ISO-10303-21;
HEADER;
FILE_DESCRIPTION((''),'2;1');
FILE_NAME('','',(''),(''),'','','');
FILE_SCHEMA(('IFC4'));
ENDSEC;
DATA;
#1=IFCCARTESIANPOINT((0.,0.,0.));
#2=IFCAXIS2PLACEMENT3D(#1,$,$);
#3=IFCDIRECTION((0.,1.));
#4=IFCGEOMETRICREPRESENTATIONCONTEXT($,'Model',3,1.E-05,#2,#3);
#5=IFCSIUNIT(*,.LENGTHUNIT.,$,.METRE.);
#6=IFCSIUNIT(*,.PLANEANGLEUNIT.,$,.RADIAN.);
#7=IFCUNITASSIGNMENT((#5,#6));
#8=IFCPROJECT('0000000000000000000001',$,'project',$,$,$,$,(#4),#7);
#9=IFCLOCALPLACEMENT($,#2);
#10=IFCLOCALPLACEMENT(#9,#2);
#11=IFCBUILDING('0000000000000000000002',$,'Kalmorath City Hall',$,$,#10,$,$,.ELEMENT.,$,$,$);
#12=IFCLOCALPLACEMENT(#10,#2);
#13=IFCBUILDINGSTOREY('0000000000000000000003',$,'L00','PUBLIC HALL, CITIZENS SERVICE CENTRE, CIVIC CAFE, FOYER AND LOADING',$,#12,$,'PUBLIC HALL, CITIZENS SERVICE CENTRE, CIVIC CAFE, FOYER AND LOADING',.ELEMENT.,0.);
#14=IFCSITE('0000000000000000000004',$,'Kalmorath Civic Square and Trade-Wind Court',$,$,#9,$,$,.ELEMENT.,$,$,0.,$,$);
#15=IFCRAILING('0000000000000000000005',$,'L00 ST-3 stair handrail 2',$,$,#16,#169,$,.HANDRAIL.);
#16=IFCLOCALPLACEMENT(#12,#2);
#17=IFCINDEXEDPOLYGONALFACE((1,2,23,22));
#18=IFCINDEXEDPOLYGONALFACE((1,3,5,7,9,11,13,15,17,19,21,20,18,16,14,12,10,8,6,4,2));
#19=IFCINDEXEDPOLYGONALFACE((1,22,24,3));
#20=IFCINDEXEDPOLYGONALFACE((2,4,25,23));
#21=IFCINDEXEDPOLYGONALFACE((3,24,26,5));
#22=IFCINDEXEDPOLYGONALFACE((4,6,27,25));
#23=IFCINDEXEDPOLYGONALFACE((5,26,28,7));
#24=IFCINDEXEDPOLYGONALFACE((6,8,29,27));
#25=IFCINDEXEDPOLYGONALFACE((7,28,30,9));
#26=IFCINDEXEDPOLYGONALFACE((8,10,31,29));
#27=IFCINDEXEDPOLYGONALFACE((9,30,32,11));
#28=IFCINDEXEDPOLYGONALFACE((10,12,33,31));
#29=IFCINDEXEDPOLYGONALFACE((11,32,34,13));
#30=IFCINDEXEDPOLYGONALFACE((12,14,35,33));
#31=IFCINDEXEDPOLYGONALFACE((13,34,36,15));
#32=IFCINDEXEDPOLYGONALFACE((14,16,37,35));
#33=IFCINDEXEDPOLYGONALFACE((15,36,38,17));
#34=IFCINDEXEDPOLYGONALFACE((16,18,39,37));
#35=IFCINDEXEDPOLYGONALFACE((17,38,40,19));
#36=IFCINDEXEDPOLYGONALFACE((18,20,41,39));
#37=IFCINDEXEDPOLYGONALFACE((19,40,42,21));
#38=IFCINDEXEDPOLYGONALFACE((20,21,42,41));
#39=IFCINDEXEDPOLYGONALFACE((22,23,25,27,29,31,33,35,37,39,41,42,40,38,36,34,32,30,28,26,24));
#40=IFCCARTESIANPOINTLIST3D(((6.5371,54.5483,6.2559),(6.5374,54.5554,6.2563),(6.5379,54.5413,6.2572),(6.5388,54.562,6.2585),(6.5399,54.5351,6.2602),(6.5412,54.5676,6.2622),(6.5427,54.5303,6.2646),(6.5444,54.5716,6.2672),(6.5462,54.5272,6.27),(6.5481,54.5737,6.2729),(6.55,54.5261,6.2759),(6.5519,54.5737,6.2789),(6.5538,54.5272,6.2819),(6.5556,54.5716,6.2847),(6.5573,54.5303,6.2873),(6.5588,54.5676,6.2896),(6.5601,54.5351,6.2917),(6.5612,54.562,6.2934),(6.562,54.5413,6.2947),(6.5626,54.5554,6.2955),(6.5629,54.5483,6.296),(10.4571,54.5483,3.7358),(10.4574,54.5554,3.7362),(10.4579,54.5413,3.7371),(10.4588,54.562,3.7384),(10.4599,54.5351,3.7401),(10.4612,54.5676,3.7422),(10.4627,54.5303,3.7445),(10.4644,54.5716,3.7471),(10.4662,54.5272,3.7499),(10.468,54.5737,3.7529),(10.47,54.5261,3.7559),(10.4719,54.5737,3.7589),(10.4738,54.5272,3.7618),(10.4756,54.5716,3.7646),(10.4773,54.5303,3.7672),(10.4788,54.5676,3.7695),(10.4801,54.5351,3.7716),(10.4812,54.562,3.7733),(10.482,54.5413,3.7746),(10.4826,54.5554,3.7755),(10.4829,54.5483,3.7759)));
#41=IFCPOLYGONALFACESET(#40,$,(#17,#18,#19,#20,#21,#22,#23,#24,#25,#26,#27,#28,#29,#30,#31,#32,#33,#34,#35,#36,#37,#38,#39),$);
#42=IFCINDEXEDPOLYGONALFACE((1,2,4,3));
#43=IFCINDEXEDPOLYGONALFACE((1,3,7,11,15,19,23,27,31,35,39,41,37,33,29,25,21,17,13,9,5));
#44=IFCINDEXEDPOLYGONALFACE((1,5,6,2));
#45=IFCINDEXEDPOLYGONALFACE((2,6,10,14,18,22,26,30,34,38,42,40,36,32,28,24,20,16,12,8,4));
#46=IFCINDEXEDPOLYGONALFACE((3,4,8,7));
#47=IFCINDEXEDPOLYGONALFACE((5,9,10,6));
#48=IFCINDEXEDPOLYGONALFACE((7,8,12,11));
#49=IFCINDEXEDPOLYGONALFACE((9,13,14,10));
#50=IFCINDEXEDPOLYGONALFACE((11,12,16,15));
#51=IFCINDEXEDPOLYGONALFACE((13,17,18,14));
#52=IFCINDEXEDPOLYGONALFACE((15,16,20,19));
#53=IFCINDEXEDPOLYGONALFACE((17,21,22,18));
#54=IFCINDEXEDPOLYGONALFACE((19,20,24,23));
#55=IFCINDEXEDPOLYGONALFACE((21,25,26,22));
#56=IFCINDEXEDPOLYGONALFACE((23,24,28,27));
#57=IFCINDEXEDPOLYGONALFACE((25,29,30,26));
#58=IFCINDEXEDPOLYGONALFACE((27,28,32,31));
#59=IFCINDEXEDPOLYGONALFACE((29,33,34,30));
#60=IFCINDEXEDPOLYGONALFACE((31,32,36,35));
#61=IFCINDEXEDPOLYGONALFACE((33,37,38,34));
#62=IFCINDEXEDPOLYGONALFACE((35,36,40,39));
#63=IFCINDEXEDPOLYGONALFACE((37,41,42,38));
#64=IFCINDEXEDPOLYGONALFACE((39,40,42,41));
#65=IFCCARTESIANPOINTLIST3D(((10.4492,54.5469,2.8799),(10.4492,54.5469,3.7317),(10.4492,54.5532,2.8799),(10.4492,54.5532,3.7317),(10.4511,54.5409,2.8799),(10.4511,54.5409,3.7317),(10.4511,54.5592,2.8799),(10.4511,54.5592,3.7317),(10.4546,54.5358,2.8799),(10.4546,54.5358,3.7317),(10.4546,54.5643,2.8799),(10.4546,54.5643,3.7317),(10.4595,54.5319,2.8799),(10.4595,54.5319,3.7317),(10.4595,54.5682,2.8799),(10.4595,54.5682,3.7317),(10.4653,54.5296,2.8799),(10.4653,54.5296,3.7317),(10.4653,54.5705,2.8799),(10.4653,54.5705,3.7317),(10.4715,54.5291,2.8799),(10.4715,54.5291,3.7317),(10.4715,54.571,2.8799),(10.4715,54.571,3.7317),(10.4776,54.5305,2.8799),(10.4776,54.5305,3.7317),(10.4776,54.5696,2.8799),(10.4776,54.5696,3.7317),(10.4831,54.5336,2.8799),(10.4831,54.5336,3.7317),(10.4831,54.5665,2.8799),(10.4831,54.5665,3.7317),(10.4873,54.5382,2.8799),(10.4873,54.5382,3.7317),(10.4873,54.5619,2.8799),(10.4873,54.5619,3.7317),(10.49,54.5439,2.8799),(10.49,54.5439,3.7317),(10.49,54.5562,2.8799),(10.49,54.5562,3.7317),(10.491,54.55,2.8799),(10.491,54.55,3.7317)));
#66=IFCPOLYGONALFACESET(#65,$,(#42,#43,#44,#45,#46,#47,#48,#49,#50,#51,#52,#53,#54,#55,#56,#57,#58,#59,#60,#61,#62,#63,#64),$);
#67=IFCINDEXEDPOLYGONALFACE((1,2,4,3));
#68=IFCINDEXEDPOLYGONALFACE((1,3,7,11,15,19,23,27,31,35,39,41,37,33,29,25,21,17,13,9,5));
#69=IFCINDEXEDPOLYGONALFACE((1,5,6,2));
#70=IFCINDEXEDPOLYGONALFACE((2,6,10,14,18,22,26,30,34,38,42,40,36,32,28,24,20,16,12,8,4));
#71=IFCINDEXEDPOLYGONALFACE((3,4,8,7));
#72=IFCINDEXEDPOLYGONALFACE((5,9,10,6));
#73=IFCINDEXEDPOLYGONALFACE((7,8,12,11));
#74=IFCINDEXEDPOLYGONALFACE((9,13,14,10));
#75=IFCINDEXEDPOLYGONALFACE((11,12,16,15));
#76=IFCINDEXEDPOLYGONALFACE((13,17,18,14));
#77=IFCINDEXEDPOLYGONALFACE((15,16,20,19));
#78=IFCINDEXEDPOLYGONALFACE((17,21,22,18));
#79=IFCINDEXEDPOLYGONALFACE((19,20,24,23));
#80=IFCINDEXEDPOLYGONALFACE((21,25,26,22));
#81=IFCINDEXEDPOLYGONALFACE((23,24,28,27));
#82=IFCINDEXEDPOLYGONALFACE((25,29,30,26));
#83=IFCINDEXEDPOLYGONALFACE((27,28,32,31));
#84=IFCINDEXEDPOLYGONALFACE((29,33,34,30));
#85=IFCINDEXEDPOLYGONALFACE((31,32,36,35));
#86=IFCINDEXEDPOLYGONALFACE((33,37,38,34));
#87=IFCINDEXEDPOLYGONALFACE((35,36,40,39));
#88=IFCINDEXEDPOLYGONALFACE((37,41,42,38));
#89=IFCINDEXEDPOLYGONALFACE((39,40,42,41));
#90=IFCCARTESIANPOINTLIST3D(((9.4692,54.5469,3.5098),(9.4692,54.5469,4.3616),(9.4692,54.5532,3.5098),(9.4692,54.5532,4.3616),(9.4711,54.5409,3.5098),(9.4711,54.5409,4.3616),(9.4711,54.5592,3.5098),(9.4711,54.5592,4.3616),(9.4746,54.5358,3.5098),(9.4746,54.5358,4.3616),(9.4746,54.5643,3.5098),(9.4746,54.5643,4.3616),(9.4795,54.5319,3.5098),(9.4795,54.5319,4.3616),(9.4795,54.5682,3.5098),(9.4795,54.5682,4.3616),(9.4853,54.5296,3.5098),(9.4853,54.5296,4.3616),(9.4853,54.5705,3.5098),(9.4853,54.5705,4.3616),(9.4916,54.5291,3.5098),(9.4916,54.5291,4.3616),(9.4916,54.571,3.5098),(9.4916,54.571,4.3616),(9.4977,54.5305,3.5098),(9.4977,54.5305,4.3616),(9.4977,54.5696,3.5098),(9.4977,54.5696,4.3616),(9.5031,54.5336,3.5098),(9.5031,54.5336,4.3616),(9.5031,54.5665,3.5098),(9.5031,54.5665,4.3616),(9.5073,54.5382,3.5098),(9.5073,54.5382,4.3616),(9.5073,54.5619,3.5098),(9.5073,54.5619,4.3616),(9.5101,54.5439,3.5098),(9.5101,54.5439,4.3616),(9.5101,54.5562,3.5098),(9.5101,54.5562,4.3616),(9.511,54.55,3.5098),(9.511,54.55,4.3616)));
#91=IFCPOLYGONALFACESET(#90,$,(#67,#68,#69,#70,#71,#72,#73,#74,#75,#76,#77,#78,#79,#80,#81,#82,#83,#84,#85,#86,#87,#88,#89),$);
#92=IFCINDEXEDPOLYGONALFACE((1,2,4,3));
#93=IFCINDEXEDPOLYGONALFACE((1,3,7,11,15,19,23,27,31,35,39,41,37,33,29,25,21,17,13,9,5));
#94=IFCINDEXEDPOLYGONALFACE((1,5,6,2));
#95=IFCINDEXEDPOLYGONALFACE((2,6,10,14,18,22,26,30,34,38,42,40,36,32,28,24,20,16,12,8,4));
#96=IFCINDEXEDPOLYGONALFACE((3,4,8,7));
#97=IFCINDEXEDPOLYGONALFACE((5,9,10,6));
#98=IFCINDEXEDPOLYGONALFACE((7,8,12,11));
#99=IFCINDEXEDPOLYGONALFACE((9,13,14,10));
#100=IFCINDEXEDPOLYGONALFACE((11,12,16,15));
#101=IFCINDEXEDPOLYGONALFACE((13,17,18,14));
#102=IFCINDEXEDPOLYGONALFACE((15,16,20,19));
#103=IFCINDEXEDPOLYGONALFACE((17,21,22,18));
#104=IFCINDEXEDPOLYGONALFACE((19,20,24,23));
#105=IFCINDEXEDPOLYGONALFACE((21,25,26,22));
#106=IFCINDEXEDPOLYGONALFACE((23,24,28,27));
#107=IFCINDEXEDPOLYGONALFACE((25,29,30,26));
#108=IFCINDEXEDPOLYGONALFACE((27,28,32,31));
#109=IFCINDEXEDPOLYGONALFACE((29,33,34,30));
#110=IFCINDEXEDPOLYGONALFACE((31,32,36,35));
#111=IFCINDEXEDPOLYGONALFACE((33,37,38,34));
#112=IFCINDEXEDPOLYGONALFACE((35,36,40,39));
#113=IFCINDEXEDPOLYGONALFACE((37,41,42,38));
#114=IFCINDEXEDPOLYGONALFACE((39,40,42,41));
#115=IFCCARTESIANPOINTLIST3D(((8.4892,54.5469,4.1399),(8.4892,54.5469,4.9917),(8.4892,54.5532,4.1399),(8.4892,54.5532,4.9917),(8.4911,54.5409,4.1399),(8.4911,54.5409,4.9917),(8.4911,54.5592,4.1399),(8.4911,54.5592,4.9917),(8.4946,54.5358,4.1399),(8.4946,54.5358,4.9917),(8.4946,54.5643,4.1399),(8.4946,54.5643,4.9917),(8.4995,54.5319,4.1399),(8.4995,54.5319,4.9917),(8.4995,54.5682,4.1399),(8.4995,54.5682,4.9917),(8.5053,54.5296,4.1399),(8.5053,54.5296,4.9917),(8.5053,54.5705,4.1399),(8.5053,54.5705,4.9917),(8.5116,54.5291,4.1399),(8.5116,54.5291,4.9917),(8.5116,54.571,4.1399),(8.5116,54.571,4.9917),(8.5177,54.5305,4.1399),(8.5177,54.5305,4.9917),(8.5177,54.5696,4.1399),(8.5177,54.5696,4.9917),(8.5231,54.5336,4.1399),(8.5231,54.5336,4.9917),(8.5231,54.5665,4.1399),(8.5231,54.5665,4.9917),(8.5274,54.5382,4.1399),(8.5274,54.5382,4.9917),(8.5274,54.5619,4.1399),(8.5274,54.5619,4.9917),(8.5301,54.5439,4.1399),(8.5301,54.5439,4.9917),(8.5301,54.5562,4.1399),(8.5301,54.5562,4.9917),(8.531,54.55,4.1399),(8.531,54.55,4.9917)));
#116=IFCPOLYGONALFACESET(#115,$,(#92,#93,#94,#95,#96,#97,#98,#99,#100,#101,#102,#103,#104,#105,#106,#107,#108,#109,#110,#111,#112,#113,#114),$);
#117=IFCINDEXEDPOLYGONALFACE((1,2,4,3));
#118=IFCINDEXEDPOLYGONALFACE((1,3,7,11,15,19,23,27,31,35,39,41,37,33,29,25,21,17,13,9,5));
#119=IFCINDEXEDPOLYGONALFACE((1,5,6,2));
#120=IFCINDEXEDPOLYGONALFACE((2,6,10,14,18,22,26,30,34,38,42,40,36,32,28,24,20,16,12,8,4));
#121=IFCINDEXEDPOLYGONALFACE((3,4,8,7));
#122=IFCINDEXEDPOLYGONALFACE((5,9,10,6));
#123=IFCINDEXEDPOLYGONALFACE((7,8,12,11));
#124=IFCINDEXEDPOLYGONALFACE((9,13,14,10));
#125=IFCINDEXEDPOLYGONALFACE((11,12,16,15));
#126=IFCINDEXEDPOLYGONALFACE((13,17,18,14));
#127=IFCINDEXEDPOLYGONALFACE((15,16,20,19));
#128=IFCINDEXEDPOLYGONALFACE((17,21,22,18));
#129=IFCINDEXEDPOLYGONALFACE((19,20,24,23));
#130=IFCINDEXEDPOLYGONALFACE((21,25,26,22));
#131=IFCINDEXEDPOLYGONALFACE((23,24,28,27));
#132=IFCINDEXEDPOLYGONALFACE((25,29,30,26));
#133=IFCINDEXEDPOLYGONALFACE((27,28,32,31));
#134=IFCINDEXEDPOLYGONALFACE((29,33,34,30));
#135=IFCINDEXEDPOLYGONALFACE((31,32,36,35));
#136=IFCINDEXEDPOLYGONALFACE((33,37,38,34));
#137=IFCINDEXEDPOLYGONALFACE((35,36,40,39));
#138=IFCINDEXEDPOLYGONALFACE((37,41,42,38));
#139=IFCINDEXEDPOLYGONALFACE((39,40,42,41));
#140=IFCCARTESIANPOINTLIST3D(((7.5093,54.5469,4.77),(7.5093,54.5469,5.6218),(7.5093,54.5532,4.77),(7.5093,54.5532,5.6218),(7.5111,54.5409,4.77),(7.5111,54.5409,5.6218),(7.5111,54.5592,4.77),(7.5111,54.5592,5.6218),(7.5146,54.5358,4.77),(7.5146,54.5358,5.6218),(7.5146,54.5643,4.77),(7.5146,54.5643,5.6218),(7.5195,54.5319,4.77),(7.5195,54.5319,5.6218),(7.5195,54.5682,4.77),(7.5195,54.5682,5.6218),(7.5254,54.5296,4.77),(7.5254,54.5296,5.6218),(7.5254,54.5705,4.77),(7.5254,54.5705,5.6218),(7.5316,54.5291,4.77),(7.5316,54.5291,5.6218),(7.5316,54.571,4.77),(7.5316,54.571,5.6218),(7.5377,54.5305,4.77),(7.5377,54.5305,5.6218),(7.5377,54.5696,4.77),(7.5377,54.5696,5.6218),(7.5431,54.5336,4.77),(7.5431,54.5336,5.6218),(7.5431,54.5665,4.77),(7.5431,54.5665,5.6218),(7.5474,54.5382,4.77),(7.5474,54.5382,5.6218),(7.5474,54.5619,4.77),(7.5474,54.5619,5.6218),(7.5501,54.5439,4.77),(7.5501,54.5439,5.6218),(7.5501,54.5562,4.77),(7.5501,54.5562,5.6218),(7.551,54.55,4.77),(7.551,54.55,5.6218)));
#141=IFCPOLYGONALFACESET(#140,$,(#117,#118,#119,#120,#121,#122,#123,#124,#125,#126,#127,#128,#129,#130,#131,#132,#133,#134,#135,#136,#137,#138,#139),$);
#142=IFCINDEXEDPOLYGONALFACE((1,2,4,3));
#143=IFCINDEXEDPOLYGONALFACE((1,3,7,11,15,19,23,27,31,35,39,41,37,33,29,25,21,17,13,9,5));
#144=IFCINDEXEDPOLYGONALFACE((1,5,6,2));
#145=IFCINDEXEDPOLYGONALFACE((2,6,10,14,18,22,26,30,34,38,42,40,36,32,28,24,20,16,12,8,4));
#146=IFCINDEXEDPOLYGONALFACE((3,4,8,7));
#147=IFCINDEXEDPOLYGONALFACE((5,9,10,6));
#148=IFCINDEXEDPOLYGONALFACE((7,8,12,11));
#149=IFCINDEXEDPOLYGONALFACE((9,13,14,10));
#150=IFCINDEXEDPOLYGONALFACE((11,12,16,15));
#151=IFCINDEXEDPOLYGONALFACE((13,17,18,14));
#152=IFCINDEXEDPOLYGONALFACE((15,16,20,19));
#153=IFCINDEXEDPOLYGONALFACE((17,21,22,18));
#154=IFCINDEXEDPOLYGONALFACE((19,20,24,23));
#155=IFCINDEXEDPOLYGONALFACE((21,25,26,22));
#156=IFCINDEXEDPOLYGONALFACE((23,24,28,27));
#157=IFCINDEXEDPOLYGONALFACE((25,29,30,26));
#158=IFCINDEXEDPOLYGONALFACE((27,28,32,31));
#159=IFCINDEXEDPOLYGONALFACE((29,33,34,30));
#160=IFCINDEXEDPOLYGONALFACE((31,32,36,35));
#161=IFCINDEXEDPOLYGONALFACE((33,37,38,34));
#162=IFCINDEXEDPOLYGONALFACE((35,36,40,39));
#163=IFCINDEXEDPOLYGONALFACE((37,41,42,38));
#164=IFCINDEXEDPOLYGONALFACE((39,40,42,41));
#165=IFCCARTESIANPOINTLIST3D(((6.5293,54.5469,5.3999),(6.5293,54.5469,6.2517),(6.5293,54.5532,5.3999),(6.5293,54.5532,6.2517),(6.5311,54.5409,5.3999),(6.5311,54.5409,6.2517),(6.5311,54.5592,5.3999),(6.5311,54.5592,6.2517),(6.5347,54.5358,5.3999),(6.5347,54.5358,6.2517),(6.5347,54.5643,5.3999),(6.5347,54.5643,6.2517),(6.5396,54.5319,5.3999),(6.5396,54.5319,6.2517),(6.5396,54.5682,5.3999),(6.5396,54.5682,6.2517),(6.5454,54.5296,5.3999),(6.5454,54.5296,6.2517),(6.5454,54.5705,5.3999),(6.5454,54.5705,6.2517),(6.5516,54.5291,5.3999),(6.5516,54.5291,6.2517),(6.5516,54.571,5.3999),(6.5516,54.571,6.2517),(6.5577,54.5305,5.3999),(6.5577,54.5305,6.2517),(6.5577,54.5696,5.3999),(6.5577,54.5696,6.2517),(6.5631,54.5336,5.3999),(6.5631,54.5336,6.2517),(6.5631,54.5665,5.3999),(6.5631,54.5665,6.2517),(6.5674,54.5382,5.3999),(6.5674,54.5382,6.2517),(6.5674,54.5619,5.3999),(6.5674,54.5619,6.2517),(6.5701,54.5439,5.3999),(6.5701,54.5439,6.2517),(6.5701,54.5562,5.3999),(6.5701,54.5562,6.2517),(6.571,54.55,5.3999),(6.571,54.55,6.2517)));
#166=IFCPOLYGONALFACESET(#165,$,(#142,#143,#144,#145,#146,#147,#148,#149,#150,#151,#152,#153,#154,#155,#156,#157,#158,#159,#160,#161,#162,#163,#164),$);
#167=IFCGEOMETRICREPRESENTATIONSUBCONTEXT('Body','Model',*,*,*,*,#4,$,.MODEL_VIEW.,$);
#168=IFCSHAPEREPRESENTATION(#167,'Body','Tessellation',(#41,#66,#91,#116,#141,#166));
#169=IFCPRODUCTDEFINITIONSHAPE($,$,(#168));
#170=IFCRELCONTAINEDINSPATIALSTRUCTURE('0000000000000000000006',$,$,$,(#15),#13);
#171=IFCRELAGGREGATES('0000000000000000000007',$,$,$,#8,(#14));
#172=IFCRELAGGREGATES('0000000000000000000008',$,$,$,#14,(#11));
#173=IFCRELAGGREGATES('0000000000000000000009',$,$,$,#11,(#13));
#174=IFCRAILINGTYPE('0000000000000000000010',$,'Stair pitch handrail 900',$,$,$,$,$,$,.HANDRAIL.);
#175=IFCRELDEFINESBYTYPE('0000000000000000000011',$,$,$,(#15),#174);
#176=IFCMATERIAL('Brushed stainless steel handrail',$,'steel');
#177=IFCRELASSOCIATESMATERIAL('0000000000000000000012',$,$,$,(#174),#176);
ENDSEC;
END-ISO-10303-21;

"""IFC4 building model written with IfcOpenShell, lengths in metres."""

from ifc_helpers import new_model, si_unit, direction, frame, origin, origin_2d, place, context, subcontext, project, spatial, circle, extrude, material, type_object, element, save


model = new_model("IFC4")

# Units and contexts
model_context = context("Model", 3, precision=1e-05, world=origin(), true_north=direction((0.0, 1.0)))
body_context = subcontext(model_context, "Body", "Model", "MODEL_VIEW")
ifc_project = project(units=[si_unit("LENGTHUNIT", "METRE"), si_unit("PLANEANGLEUNIT", "RADIAN")], contexts=[model_context])

# Site, building, storey
site_placement = place(None, origin())
site = spatial("IfcSite", under=ifc_project, at=site_placement, Name="Kalmorath Civic Square and Trade-Wind Court", CompositionType="ELEMENT", RefElevation=0.0)
building_placement = place(site_placement, origin())
building = spatial("IfcBuilding", under=site, at=building_placement, Name="Kalmorath City Hall", CompositionType="ELEMENT")
storey_placement = place(building_placement, origin())
storey = spatial("IfcBuildingStorey", under=building, at=storey_placement, Name="L00", Description="PUBLIC HALL, CITIZENS SERVICE CENTRE, CIVIC CAFE, FOYER AND LOADING", LongName="PUBLIC HALL, CITIZENS SERVICE CENTRE, CIVIC CAFE, FOYER AND LOADING", CompositionType="ELEMENT", Elevation=0.0)

# Railing
ifc_material_1 = material(Name="Brushed stainless steel handrail", Category="steel")
railing_type_1 = type_object("IfcRailingType", Name="Stair pitch handrail 900", PredefinedType="HANDRAIL", material=ifc_material_1)
railing_1_placement = place(storey_placement, frame((10.47, 54.55, 2.8799)))
element("IfcRailing", 1, at=railing_1_placement, inside=storey, type_object=railing_type_1, Name="L00 ST-3 stair handrail 2", PredefinedType="HANDRAIL", context=body_context, shape_type="SweptSolid", body=[
    extrude(circle(Radius=0.0239, at=origin_2d()), frame((0.0, 0.0, 0.876), z_axis=(-0.841172, 0.0, 0.540768), x_axis=(0.0, -1.0, 0.0)), (0.0, 0.0, 1.0), 4.6602),
    extrude(circle(Radius=0.021, at=origin_2d()), origin(), (0.0, 0.0, 1.0), 0.8518),
    extrude(circle(Radius=0.021, at=origin_2d()), frame((-0.98, 0.0, 0.6299)), (0.0, 0.0, 1.0), 0.8518),
    extrude(circle(Radius=0.021, at=origin_2d()), frame((-1.96, 0.0, 1.26)), (0.0, 0.0, 1.0), 0.8518),
    extrude(circle(Radius=0.021, at=origin_2d()), frame((-2.9399, 0.0, 1.8901)), (0.0, 0.0, 1.0), 0.8518),
    extrude(circle(Radius=0.021, at=origin_2d()), frame((-3.9199, 0.0, 2.52)), (0.0, 0.0, 1.0), 0.8518),
])

save(model, "model.ifc")
